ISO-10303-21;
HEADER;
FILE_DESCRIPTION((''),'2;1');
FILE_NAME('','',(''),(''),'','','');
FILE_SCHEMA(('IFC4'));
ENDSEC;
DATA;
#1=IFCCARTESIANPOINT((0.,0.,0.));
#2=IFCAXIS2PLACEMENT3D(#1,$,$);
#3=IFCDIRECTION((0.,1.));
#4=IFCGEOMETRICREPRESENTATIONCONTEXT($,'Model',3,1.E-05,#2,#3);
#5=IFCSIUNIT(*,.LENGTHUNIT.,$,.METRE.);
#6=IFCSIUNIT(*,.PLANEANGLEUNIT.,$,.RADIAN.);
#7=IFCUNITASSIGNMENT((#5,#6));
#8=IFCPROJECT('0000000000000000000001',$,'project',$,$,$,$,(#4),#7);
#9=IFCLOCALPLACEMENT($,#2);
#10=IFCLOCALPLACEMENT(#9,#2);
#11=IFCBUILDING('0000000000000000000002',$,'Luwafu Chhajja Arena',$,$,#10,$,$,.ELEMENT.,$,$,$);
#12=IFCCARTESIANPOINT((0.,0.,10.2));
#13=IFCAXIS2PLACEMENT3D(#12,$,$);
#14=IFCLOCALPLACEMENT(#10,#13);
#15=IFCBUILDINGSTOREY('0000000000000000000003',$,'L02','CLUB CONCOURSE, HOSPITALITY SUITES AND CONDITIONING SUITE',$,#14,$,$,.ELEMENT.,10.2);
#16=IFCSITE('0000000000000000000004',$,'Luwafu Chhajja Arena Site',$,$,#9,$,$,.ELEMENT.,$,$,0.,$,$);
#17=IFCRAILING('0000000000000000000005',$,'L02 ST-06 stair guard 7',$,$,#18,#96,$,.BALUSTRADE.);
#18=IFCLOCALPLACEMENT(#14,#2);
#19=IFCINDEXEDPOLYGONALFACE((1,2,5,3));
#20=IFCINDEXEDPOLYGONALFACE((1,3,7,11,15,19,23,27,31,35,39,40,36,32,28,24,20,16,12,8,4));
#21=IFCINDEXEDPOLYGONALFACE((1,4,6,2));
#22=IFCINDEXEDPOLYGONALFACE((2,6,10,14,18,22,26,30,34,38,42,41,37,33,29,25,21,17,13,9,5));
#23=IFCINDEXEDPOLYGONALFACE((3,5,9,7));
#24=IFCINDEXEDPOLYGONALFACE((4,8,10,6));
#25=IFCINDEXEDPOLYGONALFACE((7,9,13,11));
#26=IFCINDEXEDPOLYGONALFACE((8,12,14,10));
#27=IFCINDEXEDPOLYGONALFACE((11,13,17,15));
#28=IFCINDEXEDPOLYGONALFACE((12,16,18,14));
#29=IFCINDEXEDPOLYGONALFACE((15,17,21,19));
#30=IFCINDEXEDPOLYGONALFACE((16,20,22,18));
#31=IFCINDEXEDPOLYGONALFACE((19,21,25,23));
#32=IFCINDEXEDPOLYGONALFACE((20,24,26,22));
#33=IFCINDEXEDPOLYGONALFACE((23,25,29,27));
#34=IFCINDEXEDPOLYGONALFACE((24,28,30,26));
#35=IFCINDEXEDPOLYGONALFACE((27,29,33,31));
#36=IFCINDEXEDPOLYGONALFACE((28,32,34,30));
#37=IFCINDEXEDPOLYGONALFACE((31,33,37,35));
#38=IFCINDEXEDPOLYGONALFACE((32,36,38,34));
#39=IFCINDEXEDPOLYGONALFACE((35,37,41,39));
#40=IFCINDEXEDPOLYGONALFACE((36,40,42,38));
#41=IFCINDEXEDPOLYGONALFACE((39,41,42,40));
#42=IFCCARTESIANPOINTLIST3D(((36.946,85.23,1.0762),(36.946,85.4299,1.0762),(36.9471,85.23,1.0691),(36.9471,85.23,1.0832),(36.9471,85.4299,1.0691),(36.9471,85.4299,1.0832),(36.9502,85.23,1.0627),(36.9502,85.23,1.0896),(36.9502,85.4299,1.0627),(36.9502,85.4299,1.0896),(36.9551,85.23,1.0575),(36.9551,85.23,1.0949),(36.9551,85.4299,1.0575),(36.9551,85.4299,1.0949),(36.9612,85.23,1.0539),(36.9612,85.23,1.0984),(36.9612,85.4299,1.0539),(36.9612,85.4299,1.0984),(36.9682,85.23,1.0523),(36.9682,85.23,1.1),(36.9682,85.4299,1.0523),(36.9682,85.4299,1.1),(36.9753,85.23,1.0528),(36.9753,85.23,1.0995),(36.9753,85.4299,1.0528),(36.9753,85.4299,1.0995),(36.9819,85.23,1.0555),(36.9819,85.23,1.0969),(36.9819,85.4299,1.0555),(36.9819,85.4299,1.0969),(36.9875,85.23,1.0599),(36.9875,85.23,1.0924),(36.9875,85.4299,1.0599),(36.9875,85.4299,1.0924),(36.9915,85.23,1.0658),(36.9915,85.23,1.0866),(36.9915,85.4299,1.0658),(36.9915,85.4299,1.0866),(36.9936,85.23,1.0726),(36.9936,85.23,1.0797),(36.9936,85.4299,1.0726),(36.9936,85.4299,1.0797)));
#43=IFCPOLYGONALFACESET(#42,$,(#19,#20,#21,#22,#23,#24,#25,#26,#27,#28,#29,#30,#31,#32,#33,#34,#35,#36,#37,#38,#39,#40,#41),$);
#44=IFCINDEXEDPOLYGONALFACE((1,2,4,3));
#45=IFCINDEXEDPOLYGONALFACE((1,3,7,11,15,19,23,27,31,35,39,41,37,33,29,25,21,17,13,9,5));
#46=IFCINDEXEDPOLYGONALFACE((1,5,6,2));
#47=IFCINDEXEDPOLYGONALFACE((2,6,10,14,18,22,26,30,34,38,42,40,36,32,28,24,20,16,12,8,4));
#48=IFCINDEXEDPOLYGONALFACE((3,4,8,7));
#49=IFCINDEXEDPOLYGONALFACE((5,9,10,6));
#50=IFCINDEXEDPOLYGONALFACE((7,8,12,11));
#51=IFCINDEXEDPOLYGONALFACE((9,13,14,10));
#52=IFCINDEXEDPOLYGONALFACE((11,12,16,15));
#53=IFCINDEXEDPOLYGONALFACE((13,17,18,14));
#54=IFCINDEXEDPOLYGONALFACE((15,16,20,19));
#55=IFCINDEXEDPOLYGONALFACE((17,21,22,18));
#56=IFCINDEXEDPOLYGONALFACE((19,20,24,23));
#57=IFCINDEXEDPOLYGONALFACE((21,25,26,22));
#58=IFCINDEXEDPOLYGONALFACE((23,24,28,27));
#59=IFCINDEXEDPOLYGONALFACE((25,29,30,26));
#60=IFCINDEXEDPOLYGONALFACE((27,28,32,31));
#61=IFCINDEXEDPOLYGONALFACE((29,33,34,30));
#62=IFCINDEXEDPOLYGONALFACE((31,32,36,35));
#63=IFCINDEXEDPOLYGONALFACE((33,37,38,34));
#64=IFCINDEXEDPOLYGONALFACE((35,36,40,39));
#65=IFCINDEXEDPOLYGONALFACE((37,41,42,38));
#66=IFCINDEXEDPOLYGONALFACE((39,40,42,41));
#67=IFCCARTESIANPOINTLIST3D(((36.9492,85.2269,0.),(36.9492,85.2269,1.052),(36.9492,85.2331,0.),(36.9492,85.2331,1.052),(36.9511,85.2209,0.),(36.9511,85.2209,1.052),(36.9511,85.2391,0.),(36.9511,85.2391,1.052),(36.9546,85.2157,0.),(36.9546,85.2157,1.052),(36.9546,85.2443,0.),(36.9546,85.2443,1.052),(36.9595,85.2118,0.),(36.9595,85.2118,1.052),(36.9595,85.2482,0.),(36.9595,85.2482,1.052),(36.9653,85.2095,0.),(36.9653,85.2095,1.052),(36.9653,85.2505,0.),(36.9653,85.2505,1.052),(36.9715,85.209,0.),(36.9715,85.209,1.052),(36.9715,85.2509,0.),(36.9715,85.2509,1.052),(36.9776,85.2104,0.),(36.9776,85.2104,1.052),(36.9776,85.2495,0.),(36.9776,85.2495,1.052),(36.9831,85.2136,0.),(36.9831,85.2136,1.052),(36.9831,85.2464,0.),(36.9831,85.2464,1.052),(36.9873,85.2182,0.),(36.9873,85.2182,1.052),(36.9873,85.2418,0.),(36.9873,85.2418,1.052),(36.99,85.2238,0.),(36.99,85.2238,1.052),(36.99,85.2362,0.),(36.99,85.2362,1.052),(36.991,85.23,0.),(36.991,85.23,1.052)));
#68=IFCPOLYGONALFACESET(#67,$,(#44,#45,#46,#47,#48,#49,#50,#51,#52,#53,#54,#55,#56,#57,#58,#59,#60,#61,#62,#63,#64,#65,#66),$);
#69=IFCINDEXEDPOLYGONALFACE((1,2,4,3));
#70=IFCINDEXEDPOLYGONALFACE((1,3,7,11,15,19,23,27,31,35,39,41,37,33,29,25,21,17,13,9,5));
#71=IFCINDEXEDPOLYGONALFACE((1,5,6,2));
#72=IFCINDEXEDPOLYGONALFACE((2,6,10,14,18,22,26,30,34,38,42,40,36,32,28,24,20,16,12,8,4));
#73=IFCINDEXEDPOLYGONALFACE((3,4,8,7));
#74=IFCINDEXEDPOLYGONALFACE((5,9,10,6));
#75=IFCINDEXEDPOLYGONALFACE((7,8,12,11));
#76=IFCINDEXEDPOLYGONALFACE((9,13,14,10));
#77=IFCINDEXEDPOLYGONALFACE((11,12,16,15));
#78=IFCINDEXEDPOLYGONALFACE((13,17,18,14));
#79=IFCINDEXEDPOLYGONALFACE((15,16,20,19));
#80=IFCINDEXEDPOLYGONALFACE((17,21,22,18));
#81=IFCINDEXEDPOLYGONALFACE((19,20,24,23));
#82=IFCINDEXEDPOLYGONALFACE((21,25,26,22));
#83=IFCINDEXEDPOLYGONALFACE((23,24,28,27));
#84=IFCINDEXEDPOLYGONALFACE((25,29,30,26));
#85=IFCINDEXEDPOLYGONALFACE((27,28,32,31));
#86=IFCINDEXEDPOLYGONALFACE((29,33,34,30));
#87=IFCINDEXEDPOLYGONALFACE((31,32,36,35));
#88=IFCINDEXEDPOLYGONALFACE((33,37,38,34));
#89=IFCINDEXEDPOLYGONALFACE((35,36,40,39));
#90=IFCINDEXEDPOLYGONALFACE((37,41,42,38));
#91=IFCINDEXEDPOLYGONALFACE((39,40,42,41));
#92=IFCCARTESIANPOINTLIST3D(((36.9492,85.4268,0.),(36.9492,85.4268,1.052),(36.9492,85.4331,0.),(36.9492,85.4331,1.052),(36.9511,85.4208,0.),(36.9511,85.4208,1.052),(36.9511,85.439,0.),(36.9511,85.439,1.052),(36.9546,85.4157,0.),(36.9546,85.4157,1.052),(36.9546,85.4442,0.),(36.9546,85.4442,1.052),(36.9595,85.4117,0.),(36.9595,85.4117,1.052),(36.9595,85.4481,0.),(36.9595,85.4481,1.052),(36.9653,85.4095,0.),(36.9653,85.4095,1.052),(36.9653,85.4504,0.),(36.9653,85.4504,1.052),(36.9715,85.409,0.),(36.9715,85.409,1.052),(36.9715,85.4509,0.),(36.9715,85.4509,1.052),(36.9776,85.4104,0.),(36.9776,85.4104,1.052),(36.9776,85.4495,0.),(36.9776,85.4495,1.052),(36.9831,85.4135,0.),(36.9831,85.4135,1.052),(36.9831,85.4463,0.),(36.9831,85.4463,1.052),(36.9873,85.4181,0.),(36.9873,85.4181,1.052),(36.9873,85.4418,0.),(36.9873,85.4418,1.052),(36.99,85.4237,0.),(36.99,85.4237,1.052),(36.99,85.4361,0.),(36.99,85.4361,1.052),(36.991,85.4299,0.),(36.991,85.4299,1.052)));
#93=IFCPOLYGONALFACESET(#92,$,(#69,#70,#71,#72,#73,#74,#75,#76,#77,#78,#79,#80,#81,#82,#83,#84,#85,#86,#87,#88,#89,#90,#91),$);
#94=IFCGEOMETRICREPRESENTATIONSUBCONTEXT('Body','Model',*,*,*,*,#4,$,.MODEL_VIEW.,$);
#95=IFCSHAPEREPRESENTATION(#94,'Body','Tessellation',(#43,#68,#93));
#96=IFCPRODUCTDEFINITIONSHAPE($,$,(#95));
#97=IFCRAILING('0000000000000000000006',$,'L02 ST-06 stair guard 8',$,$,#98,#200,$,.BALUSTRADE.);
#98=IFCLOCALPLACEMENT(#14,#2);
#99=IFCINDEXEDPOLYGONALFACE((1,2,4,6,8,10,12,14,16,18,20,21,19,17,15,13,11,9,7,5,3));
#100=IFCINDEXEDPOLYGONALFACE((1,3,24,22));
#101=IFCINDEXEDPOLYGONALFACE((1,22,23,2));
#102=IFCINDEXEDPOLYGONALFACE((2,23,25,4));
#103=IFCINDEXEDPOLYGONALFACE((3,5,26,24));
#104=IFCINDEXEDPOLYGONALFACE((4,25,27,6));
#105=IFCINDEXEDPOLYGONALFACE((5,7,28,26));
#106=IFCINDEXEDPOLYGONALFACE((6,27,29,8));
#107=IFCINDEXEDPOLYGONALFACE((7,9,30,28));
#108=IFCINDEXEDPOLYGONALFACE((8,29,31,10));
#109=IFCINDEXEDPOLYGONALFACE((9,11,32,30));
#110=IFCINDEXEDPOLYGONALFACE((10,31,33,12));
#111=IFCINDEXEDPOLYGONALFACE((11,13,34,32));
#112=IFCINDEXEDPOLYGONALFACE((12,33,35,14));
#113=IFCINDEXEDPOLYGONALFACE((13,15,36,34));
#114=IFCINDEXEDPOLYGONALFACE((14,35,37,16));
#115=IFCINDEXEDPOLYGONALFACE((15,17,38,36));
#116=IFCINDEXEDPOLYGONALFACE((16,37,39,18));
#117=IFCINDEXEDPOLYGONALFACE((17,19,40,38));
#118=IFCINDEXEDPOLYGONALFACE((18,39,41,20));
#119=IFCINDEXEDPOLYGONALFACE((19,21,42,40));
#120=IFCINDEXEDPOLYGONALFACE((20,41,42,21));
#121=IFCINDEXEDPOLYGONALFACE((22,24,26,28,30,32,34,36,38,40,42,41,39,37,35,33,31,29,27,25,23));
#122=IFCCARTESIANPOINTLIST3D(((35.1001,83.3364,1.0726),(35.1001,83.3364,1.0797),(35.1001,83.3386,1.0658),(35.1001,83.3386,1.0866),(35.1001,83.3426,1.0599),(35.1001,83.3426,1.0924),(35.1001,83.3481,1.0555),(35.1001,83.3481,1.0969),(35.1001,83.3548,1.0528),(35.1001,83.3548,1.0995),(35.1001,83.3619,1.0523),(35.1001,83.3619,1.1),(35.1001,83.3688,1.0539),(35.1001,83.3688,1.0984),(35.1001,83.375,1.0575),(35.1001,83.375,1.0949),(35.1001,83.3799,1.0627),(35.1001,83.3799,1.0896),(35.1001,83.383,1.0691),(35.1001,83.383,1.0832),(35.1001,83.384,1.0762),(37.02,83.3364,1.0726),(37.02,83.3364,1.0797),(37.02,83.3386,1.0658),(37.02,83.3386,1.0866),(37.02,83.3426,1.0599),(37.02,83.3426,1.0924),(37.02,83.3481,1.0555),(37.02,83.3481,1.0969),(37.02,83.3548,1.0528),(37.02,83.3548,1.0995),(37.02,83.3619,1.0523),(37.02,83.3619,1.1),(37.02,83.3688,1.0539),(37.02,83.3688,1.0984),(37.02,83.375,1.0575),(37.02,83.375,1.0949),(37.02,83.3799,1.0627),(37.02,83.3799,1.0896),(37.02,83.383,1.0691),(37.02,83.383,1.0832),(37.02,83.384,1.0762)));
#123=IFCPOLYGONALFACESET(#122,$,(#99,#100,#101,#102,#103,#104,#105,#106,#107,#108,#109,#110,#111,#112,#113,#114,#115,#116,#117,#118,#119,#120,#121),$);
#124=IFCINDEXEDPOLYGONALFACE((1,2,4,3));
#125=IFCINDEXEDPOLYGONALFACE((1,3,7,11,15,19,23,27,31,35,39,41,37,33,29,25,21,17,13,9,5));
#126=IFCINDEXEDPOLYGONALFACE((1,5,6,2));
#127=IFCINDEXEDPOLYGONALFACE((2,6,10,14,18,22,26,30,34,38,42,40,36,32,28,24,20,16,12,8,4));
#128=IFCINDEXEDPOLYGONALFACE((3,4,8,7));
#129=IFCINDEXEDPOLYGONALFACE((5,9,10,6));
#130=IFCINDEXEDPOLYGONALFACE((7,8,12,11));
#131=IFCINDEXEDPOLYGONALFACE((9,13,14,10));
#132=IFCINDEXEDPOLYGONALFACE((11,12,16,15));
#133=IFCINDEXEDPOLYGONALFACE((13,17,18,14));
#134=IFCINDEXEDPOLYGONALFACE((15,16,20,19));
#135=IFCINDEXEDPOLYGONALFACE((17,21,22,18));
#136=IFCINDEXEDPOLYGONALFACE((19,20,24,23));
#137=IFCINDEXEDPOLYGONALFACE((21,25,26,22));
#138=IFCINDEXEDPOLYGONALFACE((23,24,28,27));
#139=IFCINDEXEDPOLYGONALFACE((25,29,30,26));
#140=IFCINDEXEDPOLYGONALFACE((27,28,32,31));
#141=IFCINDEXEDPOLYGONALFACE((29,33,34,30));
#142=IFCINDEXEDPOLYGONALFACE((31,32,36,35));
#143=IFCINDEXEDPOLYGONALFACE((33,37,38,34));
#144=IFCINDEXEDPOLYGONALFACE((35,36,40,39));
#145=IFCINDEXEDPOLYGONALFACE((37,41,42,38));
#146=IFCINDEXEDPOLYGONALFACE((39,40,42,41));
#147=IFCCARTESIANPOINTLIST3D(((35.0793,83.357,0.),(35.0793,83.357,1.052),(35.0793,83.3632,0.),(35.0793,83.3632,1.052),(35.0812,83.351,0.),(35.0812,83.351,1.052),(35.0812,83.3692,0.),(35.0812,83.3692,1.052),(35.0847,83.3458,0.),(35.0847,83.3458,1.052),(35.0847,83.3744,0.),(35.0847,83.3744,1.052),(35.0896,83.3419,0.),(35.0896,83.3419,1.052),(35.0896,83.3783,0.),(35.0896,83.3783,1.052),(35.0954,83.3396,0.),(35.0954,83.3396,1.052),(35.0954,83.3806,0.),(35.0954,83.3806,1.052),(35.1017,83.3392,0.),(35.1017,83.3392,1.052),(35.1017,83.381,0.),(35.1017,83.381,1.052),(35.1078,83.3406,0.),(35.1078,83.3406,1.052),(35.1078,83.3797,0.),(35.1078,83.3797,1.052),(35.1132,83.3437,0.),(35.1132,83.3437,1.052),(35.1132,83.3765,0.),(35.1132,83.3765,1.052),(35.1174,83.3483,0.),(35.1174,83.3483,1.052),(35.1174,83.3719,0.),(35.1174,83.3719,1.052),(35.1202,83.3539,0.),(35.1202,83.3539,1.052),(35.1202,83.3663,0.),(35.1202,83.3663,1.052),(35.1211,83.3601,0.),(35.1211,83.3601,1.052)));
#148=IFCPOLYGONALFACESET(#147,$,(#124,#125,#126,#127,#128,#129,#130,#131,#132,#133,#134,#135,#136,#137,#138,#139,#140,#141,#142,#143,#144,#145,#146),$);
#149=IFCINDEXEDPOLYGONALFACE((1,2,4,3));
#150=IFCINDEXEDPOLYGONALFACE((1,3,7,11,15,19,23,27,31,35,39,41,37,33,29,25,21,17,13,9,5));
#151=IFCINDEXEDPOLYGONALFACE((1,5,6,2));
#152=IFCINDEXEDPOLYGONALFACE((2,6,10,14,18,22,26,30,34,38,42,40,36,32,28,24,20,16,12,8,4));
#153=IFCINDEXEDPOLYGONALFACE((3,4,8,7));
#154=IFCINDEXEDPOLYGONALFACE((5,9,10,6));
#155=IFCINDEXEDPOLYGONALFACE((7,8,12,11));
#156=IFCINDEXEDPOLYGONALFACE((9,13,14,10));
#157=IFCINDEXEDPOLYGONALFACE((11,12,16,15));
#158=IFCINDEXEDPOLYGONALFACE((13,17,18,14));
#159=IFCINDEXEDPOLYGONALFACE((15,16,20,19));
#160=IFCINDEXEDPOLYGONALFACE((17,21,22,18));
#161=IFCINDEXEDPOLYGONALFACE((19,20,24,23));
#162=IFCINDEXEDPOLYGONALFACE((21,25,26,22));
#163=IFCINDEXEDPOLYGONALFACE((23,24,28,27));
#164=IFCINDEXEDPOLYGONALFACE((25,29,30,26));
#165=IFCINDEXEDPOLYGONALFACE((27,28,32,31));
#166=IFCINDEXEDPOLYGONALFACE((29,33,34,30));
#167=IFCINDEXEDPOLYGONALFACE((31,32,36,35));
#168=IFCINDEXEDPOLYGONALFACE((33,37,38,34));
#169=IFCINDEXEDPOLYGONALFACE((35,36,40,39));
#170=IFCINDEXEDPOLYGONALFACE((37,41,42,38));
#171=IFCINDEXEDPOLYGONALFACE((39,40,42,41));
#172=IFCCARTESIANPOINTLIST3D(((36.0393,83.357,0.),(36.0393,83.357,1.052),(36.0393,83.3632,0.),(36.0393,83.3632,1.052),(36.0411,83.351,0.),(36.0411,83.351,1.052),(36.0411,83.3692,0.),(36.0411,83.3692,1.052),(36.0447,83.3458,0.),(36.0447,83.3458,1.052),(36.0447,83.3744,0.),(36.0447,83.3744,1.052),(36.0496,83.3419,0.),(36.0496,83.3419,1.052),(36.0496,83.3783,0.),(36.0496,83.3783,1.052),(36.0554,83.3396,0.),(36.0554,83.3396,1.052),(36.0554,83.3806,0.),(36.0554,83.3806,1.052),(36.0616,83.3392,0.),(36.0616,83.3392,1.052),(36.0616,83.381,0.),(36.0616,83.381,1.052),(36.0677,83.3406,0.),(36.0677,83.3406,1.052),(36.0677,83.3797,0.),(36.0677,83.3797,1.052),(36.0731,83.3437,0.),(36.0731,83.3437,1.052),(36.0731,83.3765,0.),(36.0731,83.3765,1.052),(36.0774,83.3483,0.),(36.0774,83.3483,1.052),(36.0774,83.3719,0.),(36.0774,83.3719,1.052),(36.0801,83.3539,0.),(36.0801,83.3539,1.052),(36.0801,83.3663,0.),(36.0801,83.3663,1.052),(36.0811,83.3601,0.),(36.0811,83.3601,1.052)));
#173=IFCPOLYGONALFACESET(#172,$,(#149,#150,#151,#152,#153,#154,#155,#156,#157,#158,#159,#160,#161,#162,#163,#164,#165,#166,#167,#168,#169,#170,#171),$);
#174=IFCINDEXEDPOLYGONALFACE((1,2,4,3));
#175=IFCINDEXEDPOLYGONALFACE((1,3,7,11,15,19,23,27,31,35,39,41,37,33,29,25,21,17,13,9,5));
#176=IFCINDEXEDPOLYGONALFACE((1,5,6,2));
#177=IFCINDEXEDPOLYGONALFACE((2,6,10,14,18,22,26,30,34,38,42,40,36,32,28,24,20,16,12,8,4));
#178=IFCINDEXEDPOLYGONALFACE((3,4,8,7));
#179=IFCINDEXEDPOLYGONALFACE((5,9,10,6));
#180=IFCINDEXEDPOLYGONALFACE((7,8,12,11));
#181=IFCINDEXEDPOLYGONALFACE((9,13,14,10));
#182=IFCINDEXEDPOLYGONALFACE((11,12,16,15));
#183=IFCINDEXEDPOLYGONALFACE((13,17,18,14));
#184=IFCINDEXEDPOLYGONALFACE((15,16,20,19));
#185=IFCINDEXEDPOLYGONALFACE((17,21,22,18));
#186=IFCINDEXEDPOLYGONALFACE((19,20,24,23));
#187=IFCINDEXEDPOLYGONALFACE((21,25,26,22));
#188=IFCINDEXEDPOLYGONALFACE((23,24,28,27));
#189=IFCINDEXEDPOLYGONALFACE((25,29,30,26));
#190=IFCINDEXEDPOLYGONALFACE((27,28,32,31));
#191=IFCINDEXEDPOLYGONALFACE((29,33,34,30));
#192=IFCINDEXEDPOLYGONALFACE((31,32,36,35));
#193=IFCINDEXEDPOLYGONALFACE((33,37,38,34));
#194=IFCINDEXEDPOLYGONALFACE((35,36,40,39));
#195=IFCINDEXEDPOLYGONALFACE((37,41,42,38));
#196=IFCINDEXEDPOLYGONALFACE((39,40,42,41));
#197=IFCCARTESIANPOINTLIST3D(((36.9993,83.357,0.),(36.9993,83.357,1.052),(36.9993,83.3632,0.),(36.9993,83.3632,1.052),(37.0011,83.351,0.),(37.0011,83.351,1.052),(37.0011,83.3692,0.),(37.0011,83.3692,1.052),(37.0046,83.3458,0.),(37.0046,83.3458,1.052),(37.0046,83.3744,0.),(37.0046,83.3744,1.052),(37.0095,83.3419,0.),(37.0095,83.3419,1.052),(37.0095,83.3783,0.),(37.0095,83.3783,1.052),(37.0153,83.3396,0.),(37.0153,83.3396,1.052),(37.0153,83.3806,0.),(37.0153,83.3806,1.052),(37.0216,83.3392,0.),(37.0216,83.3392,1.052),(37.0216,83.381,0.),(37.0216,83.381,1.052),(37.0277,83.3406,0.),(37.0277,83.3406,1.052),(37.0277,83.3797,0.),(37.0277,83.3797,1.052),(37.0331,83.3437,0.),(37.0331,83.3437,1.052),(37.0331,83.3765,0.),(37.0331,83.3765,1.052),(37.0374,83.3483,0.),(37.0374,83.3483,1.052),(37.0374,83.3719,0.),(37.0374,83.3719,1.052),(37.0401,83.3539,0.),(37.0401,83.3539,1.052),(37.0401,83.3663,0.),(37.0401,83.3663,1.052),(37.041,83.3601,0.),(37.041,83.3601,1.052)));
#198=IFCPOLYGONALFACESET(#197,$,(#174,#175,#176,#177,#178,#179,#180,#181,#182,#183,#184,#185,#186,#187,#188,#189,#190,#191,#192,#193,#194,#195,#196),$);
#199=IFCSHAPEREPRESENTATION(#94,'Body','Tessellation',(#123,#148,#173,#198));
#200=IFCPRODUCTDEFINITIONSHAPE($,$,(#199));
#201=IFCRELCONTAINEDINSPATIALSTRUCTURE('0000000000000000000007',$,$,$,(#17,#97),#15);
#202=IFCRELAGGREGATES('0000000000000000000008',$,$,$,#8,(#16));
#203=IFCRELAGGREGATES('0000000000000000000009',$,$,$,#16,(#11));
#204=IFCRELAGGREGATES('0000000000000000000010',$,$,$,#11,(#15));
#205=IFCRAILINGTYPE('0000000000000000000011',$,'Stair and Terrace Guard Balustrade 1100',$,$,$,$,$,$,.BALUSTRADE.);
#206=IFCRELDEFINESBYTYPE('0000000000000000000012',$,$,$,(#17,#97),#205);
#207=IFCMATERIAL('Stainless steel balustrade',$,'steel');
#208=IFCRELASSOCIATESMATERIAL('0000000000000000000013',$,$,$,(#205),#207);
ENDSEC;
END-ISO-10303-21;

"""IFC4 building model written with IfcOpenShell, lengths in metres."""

from ifc_helpers import new_model, si_unit, direction, frame, origin, origin_2d, place, context, subcontext, project, spatial, circle, extrude, material, type_object, element, save


model = new_model("IFC4")

# Units and contexts
model_context = context("Model", 3, precision=1e-05, world=origin(), true_north=direction((0.0, 1.0)))
body_context = subcontext(model_context, "Body", "Model", "MODEL_VIEW")
ifc_project = project(units=[si_unit("LENGTHUNIT", "METRE"), si_unit("PLANEANGLEUNIT", "RADIAN")], contexts=[model_context])

# Site, building, storey
site_placement = place(None, origin())
site = spatial("IfcSite", under=ifc_project, at=site_placement, Name="Luwafu Chhajja Arena Site", CompositionType="ELEMENT", RefElevation=0.0)
building_placement = place(site_placement, origin())
building = spatial("IfcBuilding", under=site, at=building_placement, Name="Luwafu Chhajja Arena", CompositionType="ELEMENT")
storey_placement = place(building_placement, frame((0.0, 0.0, 10.2)))
storey = spatial("IfcBuildingStorey", under=building, at=storey_placement, Name="L02", Description="CLUB CONCOURSE, HOSPITALITY SUITES AND CONDITIONING SUITE", CompositionType="ELEMENT", Elevation=10.2)

# Railings
ifc_material_1 = material(Name="Stainless steel balustrade", Category="steel")
railing_type_1 = type_object("IfcRailingType", Name="Stair and Terrace Guard Balustrade 1100", PredefinedType="BALUSTRADE", material=ifc_material_1)
railing_1_placement = place(storey_placement, frame((36.97, 85.23, 0.0)))
element("IfcRailing", 1, at=railing_1_placement, inside=storey, type_object=railing_type_1, Name="L02 ST-06 stair guard 7", PredefinedType="BALUSTRADE", context=body_context, shape_type="SweptSolid", body=[
    extrude(circle(Radius=0.0239, at=origin_2d()), frame((0.0, 0.0, 1.0762), z_axis=(0.0, 1.0, 0.0), x_axis=(-1.0, 0.0, 0.0)), (0.0, 0.0, 1.0), 0.2),
    extrude(circle(Radius=0.021, at=origin_2d()), origin(), (0.0, 0.0, 1.0), 1.052),
    extrude(circle(Radius=0.021, at=origin_2d()), frame((0.0, 0.2, 0.0)), (0.0, 0.0, 1.0), 1.052),
])
railing_2_placement = place(storey_placement, frame((35.1001, 83.3601, 0.0)))
element("IfcRailing", 2, at=railing_2_placement, inside=storey, type_object=railing_type_1, Name="L02 ST-06 stair guard 8", PredefinedType="BALUSTRADE", context=body_context, shape_type="SweptSolid", body=[
    extrude(circle(Radius=0.0239, at=origin_2d()), frame((0.0, 0.0, 1.0762), z_axis=(1.0, 0.0, 0.0), x_axis=(0.0, 1.0, 0.0)), (0.0, 0.0, 1.0), 1.9199),
    extrude(circle(Radius=0.021, at=origin_2d()), origin(), (0.0, 0.0, 1.0), 1.052),
    extrude(circle(Radius=0.021, at=origin_2d()), frame((0.96, 0.0, 0.0)), (0.0, 0.0, 1.0), 1.052),
    extrude(circle(Radius=0.021, at=origin_2d()), frame((1.9199, 0.0, 0.0)), (0.0, 0.0, 1.0), 1.052),
])

save(model, "model.ifc")
